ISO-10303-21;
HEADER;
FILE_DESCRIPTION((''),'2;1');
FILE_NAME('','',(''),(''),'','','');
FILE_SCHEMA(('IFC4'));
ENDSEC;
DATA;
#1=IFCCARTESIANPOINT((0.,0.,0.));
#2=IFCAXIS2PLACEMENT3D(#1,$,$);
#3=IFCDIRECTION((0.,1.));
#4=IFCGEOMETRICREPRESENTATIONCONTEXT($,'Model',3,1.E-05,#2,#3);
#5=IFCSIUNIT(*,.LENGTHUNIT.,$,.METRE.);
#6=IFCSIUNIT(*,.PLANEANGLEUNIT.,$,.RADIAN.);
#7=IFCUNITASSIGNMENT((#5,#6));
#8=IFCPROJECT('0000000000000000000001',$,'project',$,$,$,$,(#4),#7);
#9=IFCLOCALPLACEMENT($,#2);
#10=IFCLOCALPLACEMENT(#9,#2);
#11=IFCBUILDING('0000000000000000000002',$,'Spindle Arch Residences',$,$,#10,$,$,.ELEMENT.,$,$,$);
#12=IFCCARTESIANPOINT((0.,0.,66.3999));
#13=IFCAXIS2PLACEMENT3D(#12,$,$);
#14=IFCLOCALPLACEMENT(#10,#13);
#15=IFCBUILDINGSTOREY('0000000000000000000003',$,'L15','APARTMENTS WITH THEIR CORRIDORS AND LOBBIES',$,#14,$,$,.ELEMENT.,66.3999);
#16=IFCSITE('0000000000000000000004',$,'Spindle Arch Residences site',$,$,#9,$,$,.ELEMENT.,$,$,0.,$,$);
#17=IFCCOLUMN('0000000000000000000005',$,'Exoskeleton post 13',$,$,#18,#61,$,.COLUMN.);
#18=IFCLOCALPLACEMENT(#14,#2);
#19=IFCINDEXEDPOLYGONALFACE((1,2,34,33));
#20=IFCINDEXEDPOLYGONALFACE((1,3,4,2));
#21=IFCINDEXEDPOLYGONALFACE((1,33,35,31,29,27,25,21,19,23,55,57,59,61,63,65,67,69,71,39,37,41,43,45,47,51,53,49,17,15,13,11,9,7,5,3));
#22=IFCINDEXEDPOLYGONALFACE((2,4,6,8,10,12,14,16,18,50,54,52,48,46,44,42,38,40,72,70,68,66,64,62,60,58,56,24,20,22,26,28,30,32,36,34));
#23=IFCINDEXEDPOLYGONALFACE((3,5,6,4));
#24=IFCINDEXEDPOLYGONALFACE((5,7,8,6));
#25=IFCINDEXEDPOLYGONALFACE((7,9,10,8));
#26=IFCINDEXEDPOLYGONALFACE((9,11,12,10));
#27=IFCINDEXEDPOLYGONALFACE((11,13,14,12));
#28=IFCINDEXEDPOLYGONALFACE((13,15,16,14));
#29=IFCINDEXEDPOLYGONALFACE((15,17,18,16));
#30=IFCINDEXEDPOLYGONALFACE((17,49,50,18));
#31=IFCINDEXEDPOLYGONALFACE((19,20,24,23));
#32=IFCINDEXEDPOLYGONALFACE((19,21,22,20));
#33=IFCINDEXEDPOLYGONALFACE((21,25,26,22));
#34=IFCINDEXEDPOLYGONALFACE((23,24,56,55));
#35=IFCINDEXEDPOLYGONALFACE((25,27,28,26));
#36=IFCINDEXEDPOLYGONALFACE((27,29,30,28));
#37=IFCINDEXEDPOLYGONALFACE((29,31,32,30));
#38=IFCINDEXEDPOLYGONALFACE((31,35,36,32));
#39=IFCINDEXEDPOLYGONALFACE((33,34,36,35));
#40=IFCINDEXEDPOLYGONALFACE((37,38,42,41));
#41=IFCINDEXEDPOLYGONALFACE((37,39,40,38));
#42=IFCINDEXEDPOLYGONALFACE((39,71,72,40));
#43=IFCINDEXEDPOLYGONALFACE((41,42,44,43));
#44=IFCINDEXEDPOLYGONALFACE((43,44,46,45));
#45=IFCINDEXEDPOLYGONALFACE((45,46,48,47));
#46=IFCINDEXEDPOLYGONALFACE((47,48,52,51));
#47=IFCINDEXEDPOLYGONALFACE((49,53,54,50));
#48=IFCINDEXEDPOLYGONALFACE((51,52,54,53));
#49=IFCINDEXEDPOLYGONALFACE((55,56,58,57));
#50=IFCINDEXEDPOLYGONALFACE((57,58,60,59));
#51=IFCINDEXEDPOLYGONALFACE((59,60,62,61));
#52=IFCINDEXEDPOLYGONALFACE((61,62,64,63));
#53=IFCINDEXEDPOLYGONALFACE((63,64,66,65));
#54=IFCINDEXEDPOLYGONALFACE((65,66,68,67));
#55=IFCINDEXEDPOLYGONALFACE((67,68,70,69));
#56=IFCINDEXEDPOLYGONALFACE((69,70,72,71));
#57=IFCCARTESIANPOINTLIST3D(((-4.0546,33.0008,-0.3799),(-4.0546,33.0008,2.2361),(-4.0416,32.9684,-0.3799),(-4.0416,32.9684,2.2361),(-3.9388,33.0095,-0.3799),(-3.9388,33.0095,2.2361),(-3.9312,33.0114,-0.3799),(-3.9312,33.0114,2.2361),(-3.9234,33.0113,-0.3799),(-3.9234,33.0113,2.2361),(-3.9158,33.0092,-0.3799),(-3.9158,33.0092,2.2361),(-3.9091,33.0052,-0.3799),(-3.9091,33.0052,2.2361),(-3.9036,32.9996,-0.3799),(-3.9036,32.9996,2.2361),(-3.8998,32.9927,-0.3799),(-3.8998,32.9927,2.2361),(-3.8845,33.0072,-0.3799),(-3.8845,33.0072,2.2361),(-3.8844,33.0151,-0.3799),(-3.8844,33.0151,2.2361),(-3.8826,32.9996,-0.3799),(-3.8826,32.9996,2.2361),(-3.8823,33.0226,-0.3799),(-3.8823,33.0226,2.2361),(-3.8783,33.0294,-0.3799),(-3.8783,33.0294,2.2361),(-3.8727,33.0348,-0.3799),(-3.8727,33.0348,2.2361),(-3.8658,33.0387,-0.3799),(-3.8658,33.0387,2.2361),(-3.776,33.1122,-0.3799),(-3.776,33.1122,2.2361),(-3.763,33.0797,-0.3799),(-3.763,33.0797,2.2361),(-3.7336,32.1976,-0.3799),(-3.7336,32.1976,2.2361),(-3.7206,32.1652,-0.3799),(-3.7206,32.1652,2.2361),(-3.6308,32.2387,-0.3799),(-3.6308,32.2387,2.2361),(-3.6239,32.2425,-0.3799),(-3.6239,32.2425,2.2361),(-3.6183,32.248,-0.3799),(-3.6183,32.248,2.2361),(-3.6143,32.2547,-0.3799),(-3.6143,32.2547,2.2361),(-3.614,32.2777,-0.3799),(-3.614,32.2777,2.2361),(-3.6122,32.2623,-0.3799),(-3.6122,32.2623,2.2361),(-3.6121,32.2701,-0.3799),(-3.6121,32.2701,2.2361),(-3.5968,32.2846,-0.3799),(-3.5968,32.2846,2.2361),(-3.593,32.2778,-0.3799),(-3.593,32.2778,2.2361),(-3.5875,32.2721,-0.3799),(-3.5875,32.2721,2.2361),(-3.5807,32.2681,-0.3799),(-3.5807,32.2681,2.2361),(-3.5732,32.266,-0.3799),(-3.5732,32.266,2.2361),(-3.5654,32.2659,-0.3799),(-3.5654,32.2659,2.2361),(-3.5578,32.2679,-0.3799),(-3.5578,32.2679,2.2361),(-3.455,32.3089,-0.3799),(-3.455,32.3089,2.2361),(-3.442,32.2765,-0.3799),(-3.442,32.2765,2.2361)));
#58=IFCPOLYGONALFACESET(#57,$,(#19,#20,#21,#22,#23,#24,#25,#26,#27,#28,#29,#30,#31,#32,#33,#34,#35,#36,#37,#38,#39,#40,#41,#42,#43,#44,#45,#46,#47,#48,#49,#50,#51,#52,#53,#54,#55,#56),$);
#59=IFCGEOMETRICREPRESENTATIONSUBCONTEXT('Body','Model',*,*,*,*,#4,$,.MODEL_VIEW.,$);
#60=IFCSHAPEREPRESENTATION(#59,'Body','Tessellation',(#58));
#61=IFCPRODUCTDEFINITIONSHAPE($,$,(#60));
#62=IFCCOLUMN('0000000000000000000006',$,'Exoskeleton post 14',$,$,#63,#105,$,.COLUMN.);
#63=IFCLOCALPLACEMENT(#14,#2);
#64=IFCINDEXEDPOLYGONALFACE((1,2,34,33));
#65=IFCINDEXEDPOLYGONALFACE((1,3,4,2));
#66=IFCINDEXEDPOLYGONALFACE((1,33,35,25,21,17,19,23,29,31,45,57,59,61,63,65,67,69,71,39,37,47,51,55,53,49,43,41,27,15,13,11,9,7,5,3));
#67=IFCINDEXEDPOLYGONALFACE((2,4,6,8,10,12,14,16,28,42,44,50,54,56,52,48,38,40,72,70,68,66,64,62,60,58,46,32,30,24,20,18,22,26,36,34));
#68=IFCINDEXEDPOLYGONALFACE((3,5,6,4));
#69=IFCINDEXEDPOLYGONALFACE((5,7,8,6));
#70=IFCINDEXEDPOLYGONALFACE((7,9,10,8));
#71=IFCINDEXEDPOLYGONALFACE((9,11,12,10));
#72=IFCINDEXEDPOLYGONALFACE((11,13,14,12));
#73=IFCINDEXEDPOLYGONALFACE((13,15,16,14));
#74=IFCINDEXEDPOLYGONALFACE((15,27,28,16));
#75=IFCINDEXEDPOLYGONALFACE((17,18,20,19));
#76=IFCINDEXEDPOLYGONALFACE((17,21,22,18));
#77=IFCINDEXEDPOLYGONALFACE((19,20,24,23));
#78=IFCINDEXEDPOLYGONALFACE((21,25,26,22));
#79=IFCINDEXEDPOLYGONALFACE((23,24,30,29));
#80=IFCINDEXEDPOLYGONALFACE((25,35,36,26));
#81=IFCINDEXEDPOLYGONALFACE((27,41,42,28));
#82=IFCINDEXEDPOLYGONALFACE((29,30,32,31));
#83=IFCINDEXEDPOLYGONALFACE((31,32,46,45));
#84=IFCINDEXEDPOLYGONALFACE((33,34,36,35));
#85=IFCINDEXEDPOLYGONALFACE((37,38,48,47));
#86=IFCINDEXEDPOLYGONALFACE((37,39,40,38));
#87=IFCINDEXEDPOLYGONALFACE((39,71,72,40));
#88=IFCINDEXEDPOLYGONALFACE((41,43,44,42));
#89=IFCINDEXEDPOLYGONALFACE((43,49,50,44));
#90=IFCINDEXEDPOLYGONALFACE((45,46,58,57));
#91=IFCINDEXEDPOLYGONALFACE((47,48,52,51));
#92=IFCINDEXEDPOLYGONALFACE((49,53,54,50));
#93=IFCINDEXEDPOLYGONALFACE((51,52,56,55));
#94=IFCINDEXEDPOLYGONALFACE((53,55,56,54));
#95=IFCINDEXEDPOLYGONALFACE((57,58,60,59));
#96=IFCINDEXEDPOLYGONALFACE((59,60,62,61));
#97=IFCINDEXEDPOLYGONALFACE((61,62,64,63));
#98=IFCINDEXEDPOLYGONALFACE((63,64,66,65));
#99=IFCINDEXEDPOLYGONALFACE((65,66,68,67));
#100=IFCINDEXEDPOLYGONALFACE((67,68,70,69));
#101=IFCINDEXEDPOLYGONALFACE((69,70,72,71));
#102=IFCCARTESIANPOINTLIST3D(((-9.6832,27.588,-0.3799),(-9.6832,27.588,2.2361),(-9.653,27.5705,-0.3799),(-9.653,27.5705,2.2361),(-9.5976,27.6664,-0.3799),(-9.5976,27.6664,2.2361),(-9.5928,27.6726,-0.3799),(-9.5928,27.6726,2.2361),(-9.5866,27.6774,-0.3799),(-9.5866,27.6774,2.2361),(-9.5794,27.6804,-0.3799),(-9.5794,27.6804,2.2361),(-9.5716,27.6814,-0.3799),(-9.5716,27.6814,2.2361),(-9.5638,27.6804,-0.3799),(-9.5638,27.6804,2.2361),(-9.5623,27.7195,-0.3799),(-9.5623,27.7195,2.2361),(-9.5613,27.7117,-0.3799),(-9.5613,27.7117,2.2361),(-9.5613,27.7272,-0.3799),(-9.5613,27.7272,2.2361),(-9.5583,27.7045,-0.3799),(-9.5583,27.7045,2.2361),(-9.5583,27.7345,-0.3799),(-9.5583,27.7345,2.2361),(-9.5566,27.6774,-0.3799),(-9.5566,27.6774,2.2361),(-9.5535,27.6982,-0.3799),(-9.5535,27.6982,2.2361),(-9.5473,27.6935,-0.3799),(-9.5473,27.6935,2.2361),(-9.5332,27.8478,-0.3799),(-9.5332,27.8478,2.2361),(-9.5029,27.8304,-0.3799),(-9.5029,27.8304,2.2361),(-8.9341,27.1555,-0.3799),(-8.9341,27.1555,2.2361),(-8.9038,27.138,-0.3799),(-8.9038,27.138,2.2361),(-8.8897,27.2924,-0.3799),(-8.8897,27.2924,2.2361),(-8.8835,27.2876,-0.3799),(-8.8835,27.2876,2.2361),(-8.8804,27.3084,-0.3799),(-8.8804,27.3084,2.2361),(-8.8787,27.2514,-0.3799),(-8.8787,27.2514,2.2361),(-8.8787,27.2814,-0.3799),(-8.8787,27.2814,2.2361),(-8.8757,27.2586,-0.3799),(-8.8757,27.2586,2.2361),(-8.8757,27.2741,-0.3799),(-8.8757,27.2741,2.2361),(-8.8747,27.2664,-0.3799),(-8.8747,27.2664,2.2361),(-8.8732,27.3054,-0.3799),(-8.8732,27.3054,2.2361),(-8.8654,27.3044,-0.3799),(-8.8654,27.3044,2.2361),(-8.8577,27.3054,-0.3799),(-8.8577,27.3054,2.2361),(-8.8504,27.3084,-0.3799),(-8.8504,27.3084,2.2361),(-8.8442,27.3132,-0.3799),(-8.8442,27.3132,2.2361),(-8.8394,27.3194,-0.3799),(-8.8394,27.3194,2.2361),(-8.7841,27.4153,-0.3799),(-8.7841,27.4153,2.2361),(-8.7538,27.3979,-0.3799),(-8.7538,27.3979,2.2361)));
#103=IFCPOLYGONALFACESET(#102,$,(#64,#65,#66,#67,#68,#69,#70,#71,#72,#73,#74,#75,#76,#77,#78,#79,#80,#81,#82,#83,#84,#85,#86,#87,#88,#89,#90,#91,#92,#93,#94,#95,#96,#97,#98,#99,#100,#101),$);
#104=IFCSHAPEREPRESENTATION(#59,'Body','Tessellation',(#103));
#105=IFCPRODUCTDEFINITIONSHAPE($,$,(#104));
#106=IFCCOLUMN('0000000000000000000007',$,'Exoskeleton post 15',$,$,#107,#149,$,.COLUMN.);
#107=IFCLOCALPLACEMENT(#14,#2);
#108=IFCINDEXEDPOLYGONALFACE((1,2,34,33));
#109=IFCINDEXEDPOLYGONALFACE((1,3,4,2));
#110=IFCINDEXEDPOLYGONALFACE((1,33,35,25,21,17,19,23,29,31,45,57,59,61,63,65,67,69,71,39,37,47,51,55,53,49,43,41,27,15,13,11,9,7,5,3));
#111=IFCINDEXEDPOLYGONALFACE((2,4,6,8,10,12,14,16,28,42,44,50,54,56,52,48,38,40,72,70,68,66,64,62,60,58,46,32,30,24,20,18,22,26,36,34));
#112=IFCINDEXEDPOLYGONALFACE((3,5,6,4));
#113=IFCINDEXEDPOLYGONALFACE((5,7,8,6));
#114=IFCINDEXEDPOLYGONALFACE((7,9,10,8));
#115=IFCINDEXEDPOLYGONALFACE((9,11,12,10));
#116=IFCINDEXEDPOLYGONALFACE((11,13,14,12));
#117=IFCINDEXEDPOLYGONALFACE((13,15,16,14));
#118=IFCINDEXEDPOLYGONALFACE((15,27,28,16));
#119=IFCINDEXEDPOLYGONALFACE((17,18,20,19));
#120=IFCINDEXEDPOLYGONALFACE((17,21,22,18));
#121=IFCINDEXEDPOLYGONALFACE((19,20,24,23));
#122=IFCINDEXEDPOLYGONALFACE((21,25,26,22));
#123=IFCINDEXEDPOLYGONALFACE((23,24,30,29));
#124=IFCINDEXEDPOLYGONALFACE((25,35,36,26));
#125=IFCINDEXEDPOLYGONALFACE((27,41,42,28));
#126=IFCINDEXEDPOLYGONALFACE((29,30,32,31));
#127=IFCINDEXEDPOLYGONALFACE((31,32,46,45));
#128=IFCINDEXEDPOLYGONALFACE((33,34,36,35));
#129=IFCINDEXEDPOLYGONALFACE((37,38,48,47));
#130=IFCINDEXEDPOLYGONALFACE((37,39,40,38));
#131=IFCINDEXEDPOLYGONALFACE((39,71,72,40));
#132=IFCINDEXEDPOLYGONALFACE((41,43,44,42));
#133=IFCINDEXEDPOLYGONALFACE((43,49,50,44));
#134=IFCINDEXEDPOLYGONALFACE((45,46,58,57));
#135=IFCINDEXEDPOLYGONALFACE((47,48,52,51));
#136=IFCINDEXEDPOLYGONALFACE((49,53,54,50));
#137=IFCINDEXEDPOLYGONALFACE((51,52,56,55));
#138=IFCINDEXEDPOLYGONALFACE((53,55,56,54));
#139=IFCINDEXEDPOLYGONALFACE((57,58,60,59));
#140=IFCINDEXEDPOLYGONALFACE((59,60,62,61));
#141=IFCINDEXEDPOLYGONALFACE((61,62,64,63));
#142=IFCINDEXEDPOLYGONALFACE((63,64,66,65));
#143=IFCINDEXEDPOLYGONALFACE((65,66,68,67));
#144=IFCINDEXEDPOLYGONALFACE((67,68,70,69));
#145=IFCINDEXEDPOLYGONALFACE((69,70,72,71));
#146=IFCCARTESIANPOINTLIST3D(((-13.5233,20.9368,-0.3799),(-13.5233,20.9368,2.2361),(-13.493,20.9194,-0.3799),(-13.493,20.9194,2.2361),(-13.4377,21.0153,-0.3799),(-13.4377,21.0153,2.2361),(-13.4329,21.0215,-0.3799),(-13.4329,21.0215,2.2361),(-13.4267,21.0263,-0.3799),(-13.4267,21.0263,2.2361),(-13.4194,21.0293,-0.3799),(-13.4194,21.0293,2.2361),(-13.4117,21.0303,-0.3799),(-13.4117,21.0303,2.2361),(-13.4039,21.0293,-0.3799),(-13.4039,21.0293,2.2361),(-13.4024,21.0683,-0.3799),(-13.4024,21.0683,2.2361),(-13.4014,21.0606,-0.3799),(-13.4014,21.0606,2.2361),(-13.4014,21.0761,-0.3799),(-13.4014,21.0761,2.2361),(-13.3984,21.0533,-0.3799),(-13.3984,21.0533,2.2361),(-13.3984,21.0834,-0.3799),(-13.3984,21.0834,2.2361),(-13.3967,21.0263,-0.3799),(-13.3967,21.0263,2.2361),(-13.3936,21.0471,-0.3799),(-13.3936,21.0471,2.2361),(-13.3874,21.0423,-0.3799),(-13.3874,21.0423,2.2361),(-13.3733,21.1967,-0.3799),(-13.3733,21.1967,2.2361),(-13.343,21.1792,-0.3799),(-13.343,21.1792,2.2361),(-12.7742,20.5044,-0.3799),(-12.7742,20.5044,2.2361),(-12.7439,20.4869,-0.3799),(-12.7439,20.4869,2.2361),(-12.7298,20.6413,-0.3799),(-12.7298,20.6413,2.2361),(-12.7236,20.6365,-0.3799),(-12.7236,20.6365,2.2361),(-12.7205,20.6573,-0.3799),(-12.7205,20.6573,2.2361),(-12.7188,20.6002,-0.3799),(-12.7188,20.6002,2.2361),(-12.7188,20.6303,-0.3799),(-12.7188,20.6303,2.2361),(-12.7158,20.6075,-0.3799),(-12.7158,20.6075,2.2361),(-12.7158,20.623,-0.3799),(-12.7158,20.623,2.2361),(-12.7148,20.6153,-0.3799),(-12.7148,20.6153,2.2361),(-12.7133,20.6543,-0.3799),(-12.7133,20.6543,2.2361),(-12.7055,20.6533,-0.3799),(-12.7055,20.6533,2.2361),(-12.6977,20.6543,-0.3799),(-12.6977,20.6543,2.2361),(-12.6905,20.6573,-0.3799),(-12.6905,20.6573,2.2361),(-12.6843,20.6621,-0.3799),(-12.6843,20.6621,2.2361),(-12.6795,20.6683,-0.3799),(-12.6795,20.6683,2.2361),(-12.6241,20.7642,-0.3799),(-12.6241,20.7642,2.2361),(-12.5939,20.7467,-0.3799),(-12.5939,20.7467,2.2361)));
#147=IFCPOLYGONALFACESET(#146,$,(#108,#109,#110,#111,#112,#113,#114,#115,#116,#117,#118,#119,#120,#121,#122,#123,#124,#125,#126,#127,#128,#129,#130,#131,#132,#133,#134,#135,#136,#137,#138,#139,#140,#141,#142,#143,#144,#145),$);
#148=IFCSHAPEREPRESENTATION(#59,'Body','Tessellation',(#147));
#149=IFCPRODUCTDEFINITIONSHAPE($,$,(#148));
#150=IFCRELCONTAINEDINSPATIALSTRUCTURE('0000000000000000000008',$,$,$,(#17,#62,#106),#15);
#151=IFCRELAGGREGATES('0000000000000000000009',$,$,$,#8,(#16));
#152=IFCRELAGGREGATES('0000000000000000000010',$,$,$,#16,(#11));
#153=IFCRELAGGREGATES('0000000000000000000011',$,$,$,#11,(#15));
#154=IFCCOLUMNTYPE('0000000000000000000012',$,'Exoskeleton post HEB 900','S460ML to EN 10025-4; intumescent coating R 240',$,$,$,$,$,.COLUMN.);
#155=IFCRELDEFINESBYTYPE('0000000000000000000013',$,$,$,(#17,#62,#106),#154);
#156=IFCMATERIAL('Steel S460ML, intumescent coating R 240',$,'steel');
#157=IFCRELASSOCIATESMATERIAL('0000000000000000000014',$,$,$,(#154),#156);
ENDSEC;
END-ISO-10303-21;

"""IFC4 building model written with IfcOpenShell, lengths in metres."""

from ifc_helpers import new_model, si_unit, direction, frame, origin, origin_2d, place, context, subcontext, project, spatial, i_section, extrude, material, material_profile, profile_set, type_object, element, save


model = new_model("IFC4")

# Units and contexts
model_context = context("Model", 3, precision=1e-05, world=origin(), true_north=direction((0.0, 1.0)))
body_context = subcontext(model_context, "Body", "Model", "MODEL_VIEW")
ifc_project = project(units=[si_unit("LENGTHUNIT", "METRE"), si_unit("PLANEANGLEUNIT", "RADIAN")], contexts=[model_context])

# Site, building, storey
site_placement = place(None, origin())
site = spatial("IfcSite", under=ifc_project, at=site_placement, Name="Spindle Arch Residences site", CompositionType="ELEMENT", RefElevation=0.0)
building_placement = place(site_placement, origin())
building = spatial("IfcBuilding", under=site, at=building_placement, Name="Spindle Arch Residences", CompositionType="ELEMENT")
storey_placement = place(building_placement, frame((0.0, 0.0, 66.3999)))
storey = spatial("IfcBuildingStorey", under=building, at=storey_placement, Name="L15", Description="APARTMENTS WITH THEIR CORRIDORS AND LOBBIES", CompositionType="ELEMENT", Elevation=66.3999)

# Columns
ifc_material_1 = material(Name="Steel S460ML, intumescent coating R 240", Category="steel")
ifc_material_profile_1 = material_profile(ifc_material_1, i_section(OverallWidth=0.3, OverallDepth=0.8999, WebThickness=0.0186, FlangeThickness=0.0349, FilletRadius=0.03, at=origin_2d()), Name="HEB 900")
ifc_profile_set_1 = profile_set([ifc_material_profile_1], Name="Steel S460ML, intumescent coating R 240")
column_type_1 = type_object("IfcColumnType", Name="Exoskeleton post HEB 900", Description="S460ML to EN 10025-4; intumescent coating R 240", PredefinedType="COLUMN", material=ifc_profile_set_1)
for number, where, z_axis, x_axis, name in (
    (1, (-3.7483, 32.6387, -0.3799), (0.0, 0.0, 1.0), (0.92859, 0.371108, 0.0), "Exoskeleton post 13"),
    (2, (-9.2185, 27.4929, -0.3799), (0.0, 0.0, 1.0), (0.5, 0.866025, 0.0), "Exoskeleton post 14"),
    (3, (-13.0586, 20.8418, -0.3799), (0.0, 0.0, 1.0), (0.5, 0.866025, 0.0), "Exoskeleton post 15"),
):
    element("IfcColumn", number, at=place(storey_placement, frame(where, z_axis=z_axis, x_axis=x_axis)), inside=storey, type_object=column_type_1, Name=name, PredefinedType="COLUMN", context=body_context, shape_type="SweptSolid", body=[
        extrude(i_section(OverallWidth=0.3, OverallDepth=0.8999, WebThickness=0.0186, FlangeThickness=0.0349, FilletRadius=0.03, at=origin_2d()), origin(), (0.0, 0.0, 1.0), 2.616),
    ])

save(model, "model.ifc")
